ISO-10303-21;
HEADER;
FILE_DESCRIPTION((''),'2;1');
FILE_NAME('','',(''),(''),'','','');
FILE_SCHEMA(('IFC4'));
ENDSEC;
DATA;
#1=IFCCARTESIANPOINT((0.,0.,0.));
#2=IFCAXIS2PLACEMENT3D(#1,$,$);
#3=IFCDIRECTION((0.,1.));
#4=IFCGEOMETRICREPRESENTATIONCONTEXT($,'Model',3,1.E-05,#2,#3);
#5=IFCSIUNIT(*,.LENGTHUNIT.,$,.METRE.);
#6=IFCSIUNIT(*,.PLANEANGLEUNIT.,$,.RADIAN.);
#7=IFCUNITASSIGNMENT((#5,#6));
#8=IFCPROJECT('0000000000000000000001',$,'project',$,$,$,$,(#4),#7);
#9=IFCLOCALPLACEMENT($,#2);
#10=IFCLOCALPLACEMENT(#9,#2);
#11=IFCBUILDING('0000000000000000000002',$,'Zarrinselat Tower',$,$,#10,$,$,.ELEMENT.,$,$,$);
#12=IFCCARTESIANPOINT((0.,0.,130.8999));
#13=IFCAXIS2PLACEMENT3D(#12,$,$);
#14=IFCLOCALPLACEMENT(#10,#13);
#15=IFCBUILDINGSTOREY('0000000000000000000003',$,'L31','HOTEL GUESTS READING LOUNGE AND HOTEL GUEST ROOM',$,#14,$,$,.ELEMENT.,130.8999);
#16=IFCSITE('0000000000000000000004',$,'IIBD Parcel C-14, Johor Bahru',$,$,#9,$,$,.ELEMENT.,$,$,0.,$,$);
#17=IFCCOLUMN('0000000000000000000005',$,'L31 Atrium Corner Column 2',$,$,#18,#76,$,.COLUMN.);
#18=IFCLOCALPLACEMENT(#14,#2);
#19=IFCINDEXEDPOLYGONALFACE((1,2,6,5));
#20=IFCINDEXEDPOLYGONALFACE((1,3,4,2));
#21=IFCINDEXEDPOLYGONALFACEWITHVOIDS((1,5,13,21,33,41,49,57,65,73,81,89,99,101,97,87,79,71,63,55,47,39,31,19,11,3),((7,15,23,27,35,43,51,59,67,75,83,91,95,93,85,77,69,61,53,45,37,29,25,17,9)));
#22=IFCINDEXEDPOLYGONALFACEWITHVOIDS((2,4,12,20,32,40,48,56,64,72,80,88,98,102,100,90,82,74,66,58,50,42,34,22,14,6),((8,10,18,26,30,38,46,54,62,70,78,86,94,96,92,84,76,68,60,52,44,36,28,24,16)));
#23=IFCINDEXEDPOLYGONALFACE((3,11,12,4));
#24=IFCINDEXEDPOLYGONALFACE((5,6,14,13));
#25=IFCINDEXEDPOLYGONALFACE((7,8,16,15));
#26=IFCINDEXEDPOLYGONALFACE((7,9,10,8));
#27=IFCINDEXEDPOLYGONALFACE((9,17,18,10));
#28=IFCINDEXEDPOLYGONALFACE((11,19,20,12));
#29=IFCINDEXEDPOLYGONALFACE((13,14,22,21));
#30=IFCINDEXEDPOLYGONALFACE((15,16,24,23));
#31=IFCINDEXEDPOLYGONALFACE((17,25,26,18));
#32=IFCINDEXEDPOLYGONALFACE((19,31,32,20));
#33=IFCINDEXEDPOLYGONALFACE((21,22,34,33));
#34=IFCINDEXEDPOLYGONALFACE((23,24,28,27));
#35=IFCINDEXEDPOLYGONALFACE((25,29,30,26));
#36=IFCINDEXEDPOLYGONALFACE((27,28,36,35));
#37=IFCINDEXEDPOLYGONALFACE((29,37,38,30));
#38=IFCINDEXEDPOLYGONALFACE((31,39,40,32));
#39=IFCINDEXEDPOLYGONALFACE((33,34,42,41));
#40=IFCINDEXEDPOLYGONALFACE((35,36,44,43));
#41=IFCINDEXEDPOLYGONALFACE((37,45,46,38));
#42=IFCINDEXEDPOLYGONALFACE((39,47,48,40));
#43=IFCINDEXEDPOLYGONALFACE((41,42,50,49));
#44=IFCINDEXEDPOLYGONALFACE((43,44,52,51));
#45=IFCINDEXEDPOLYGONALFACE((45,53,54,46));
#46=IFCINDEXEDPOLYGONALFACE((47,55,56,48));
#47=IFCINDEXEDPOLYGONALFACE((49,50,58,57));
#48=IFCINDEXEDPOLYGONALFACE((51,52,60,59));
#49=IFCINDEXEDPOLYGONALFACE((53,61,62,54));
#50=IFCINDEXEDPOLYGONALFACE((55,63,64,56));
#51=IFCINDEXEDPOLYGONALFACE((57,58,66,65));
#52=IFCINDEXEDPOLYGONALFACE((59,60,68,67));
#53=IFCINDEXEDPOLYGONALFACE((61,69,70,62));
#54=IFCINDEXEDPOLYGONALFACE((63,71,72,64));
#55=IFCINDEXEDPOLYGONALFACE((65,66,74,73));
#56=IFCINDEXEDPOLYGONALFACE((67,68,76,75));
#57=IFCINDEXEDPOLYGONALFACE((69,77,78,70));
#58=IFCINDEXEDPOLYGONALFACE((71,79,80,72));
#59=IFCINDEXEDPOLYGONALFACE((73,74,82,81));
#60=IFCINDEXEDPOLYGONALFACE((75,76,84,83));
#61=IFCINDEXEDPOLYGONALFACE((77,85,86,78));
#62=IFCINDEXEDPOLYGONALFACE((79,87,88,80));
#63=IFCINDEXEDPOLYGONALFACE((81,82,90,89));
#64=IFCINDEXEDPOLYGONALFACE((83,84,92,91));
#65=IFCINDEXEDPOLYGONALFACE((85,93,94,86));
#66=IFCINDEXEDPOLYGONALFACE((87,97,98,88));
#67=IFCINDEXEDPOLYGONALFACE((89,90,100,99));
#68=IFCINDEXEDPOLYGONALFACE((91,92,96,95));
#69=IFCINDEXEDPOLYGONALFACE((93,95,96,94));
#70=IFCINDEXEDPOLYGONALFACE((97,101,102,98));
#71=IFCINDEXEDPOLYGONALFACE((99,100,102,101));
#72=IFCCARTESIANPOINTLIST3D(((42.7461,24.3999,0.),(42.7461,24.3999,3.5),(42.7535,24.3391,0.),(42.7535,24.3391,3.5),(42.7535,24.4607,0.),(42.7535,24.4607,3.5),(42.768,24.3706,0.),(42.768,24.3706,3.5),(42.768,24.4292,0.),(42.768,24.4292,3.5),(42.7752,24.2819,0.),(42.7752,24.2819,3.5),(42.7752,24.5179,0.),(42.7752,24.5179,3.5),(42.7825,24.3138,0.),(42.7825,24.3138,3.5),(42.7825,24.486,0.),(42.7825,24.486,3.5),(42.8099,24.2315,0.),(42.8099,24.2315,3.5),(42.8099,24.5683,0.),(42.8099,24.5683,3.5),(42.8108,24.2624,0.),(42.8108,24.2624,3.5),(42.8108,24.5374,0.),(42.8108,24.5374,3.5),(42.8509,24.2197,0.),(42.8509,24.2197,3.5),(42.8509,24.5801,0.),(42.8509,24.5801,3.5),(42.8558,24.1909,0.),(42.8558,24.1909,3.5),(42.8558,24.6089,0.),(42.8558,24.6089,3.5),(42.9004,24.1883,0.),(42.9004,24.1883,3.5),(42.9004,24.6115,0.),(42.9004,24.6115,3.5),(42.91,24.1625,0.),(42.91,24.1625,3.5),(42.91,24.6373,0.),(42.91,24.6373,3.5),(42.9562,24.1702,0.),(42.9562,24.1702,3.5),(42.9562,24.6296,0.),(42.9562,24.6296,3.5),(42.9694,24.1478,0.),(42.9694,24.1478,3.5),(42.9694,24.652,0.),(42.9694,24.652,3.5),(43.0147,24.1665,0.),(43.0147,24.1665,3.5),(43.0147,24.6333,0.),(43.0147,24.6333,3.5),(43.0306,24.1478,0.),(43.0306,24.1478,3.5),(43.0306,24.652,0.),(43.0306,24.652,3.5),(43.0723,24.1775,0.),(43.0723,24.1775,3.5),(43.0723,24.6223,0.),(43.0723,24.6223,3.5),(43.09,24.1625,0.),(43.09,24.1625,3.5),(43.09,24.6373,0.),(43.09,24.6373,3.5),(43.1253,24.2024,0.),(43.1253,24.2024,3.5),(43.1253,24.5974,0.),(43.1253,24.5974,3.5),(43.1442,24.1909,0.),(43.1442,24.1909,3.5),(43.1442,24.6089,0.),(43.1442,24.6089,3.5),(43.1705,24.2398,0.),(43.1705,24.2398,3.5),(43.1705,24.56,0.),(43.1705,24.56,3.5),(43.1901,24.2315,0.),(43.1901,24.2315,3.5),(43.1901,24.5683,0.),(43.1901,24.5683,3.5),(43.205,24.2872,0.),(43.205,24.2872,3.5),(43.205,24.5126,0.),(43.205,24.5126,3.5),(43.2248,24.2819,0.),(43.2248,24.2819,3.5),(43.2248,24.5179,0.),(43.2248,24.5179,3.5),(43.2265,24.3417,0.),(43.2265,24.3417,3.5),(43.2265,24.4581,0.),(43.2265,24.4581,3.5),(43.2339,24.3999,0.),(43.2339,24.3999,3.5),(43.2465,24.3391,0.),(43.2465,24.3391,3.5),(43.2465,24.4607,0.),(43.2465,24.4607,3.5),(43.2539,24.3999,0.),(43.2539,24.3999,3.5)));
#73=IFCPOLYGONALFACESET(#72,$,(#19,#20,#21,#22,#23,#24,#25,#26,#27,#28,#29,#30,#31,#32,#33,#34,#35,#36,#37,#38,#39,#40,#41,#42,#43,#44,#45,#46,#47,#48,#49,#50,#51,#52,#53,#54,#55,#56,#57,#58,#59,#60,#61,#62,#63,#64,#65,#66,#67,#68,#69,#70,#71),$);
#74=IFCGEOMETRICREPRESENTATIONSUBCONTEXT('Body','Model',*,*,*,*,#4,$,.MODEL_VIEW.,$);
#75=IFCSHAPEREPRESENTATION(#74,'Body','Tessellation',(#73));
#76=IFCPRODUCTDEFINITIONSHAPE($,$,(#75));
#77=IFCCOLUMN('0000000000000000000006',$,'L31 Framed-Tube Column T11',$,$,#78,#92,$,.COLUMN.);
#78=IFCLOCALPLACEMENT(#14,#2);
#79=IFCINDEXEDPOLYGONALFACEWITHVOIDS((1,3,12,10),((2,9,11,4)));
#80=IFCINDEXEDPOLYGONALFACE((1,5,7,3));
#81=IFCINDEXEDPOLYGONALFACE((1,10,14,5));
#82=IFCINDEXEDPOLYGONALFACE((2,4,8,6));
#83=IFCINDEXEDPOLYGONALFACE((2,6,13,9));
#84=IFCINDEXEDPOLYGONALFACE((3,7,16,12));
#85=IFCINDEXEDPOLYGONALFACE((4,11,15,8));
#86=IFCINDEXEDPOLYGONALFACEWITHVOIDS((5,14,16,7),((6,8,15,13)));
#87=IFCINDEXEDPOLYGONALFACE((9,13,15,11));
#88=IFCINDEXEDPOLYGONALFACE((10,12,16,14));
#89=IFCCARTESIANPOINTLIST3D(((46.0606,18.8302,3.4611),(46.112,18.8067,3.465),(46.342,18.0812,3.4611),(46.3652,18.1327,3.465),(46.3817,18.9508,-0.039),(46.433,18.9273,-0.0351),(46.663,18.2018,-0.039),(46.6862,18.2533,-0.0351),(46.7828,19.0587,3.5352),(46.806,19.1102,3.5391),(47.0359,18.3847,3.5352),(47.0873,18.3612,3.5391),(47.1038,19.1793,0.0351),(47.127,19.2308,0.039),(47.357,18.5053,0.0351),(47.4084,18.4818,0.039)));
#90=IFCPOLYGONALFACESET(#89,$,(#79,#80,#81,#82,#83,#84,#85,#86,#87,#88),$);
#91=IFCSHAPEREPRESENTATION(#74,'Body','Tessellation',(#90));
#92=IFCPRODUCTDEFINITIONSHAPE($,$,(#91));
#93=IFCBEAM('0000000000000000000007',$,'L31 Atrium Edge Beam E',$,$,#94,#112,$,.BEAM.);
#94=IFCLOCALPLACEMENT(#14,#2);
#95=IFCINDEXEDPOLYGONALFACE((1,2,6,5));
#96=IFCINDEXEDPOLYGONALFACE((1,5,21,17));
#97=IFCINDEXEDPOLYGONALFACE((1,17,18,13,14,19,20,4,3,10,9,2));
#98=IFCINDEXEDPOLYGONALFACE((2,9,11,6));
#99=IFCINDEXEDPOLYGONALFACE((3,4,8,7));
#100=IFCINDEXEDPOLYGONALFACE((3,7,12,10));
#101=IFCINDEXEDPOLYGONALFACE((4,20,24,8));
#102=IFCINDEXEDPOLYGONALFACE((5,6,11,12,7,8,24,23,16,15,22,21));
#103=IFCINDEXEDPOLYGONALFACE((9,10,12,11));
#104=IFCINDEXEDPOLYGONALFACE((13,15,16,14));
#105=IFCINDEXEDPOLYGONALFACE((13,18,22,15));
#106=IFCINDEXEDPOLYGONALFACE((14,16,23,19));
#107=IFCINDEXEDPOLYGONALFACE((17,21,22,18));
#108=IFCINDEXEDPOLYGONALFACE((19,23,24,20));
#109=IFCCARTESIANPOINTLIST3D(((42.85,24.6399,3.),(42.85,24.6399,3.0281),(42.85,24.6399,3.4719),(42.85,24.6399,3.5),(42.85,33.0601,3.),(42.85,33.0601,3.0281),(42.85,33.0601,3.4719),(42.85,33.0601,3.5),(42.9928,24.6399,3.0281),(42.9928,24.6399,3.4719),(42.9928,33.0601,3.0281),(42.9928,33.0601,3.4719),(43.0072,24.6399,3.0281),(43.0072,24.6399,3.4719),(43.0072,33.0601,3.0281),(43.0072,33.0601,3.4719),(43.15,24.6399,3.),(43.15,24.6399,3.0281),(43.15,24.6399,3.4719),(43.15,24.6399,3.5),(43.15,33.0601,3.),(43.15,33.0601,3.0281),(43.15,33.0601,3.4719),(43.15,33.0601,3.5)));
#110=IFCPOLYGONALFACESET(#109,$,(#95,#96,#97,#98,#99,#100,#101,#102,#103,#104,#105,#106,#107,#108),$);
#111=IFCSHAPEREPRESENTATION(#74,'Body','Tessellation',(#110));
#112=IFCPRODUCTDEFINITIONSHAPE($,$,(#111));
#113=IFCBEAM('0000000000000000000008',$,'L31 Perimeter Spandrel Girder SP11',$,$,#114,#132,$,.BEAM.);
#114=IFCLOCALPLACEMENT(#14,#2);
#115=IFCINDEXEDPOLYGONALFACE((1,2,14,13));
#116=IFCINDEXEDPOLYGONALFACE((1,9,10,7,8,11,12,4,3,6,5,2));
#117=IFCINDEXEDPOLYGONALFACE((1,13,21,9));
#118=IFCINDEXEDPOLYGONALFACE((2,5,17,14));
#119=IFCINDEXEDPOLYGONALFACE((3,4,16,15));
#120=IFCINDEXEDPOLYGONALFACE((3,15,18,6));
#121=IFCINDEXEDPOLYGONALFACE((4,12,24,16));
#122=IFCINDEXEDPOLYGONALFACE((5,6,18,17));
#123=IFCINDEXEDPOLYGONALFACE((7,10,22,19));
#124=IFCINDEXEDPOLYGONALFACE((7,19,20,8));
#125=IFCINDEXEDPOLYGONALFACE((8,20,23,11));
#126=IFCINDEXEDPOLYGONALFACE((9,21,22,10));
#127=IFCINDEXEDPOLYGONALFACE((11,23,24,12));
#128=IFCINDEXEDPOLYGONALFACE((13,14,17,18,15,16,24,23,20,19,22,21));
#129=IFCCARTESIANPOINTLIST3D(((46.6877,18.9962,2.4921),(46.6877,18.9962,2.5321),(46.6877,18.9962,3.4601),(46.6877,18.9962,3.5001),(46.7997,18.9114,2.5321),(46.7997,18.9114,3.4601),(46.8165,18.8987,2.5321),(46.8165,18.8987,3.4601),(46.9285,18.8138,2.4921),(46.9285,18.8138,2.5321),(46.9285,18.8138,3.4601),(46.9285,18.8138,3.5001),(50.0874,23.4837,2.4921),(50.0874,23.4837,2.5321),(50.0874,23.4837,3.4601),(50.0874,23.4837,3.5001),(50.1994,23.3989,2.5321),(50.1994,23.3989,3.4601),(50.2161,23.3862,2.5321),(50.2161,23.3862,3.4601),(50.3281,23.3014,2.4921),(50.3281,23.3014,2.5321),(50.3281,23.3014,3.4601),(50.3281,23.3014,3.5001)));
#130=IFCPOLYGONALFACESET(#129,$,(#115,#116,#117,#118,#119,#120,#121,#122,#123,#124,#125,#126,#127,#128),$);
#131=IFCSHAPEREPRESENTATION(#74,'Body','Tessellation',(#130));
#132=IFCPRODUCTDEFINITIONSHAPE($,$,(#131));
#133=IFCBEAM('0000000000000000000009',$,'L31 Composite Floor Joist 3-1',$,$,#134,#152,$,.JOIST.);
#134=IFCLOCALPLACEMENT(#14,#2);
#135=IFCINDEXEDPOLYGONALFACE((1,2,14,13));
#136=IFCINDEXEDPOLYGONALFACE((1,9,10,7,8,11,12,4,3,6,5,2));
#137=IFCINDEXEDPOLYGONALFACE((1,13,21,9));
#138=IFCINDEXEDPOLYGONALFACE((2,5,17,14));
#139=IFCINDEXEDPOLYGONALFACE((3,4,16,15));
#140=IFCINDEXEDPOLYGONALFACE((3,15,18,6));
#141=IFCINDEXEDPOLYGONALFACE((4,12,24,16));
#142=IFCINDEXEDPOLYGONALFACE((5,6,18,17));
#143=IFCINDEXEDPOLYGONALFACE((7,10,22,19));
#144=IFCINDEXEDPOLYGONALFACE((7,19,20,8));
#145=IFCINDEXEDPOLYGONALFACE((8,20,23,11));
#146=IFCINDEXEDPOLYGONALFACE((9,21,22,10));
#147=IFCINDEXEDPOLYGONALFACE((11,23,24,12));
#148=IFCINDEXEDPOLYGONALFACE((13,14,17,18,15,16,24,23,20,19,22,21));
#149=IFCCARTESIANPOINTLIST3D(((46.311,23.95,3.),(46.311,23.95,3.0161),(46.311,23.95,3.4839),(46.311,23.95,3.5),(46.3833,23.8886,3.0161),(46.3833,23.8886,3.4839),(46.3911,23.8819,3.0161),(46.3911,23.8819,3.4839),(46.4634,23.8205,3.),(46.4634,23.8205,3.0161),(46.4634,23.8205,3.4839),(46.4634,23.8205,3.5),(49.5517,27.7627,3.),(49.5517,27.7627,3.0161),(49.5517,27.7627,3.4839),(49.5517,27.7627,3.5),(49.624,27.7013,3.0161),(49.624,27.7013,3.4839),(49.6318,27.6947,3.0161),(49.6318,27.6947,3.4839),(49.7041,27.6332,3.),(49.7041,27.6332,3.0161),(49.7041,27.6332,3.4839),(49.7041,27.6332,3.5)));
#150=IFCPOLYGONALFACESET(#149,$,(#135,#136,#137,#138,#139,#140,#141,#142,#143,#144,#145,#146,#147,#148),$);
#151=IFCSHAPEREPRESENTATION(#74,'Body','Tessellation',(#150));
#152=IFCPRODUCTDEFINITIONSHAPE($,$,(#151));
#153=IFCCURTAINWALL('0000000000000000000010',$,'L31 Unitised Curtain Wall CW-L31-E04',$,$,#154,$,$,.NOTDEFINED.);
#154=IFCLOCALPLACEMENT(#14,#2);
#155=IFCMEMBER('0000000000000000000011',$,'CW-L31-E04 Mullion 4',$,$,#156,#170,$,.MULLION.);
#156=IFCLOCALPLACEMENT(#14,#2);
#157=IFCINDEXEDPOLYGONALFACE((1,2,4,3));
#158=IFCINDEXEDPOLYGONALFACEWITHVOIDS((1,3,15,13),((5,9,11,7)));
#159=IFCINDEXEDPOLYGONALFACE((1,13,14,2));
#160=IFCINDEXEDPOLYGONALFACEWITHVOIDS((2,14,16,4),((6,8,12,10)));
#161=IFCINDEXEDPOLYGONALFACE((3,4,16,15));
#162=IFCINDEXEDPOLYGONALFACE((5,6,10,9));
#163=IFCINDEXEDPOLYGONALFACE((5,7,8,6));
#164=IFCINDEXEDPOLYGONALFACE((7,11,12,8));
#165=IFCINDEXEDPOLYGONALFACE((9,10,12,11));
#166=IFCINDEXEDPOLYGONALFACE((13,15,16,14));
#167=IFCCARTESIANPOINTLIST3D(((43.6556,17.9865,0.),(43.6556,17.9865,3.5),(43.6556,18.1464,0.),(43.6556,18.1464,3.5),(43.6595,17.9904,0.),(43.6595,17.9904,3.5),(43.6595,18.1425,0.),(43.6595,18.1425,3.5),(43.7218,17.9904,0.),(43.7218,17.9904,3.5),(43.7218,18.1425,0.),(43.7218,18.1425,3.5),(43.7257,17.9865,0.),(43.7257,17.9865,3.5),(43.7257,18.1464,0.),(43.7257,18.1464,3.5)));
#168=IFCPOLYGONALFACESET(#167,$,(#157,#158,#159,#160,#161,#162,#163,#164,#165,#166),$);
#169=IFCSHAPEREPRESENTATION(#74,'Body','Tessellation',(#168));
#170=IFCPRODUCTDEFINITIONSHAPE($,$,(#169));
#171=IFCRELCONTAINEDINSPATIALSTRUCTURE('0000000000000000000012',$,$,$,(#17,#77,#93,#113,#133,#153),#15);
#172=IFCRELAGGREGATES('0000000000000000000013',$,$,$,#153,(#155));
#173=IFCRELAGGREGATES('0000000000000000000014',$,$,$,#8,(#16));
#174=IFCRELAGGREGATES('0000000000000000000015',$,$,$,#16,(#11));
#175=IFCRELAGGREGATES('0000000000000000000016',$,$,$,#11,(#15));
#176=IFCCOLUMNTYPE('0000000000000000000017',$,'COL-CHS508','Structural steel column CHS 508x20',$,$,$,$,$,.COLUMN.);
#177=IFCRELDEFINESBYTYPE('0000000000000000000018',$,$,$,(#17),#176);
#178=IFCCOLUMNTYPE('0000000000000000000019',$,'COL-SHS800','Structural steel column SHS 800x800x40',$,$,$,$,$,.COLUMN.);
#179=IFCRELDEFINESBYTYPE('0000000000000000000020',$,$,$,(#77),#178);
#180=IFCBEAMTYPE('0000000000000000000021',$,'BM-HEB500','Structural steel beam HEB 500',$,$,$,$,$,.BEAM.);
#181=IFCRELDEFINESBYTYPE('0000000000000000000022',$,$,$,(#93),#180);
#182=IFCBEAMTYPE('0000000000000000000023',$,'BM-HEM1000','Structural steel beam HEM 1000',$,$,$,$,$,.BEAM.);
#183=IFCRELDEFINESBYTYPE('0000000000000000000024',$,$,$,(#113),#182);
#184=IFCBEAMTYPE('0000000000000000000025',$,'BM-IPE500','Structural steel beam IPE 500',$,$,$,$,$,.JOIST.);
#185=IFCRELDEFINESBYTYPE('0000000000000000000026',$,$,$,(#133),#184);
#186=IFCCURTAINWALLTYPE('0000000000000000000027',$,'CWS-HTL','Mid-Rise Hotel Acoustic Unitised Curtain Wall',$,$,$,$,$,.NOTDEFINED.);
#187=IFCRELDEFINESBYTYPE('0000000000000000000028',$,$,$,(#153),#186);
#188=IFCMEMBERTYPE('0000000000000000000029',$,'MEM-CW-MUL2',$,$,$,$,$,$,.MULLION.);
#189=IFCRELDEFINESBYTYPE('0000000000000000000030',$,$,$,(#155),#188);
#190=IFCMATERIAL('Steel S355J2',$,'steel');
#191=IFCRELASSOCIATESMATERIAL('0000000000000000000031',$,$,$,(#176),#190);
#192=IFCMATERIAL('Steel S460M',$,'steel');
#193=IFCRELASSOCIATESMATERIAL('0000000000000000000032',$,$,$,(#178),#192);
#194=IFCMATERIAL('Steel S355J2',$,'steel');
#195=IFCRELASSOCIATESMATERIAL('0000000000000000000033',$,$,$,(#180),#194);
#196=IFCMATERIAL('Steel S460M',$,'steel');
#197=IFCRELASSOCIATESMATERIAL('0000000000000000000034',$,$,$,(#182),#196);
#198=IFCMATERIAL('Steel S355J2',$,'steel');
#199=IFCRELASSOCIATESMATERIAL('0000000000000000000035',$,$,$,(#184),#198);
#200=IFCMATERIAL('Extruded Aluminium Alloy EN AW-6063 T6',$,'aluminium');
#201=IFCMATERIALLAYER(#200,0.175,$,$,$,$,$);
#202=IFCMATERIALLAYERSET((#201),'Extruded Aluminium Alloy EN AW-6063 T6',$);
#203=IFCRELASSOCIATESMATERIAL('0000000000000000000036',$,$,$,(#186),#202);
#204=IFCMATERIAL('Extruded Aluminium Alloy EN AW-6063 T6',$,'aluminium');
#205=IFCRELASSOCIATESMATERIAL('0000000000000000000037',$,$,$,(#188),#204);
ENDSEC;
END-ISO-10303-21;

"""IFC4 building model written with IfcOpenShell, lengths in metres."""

from ifc_helpers import new_model, si_unit, direction, frame, origin, origin_2d, place, context, subcontext, project, spatial, hollow_rectangle, hollow_circle, i_section, extrude, material, layer, layer_set, material_profile, profile_set, type_object, element, aggregate, save


model = new_model("IFC4")

# Units and contexts
model_context = context("Model", 3, precision=1e-05, world=origin(), true_north=direction((0.0, 1.0)))
body_context = subcontext(model_context, "Body", "Model", "MODEL_VIEW")
ifc_project = project(units=[si_unit("LENGTHUNIT", "METRE"), si_unit("PLANEANGLEUNIT", "RADIAN")], contexts=[model_context])

# Site, building, storey
site_placement = place(None, origin())
site = spatial("IfcSite", under=ifc_project, at=site_placement, Name="IIBD Parcel C-14, Johor Bahru", CompositionType="ELEMENT", RefElevation=0.0)
building_placement = place(site_placement, origin())
building = spatial("IfcBuilding", under=site, at=building_placement, Name="Zarrinselat Tower", CompositionType="ELEMENT")
storey_placement = place(building_placement, frame((0.0, 0.0, 130.8999)))
storey = spatial("IfcBuildingStorey", under=building, at=storey_placement, Name="L31", Description="HOTEL GUESTS READING LOUNGE AND HOTEL GUEST ROOM", CompositionType="ELEMENT", Elevation=130.8999)

# Columns
ifc_material_1 = material(Name="Steel S355J2", Category="steel")
ifc_material_profile_1 = material_profile(ifc_material_1, hollow_circle(Radius=0.2539, WallThickness=0.02, at=origin_2d()), Name="CHS 508x20")
ifc_profile_set_1 = profile_set([ifc_material_profile_1], Name="Steel S355J2")
column_type_1 = type_object("IfcColumnType", Name="COL-CHS508", Description="Structural steel column CHS 508x20", PredefinedType="COLUMN", material=ifc_profile_set_1)
column_1_placement = place(storey_placement, frame((43.0, 24.3999, 0.0), z_axis=(0.0, 0.0, 1.0), x_axis=(1.0, 0.0, 0.0)))
element("IfcColumn", 1, at=column_1_placement, inside=storey, type_object=column_type_1, Name="L31 Atrium Corner Column 2", PredefinedType="COLUMN", context=body_context, shape_type="SweptSolid", body=[
    extrude(hollow_circle(Radius=0.2539, WallThickness=0.02, at=origin_2d()), origin(), (0.0, 0.0, 1.0), 3.5),
])
ifc_material_2 = material(Name="Steel S460M", Category="steel")
ifc_material_profile_2 = material_profile(ifc_material_2, hollow_rectangle(XDim=0.8, YDim=0.8, WallThickness=0.04, at=origin_2d()), Name="SHS 800x800x40")
ifc_profile_set_2 = profile_set([ifc_material_profile_2], Name="Steel S460M")
column_type_2 = type_object("IfcColumnType", Name="COL-SHS800", Description="Structural steel column SHS 800x800x40", PredefinedType="COLUMN", material=ifc_profile_set_2)
column_2_placement = place(storey_placement, frame((46.895, 18.7163, 0.0), z_axis=(-0.09129, -0.034294, 0.995234), x_axis=(0.351669, -0.936124, 0.0)))
element("IfcColumn", 2, at=column_2_placement, inside=storey, type_object=column_type_2, Name="L31 Framed-Tube Column T11", PredefinedType="COLUMN", context=body_context, shape_type="SweptSolid", body=[
    extrude(hollow_rectangle(XDim=0.8, YDim=0.8, WallThickness=0.04, at=origin_2d()), origin(), (0.0, 0.0, 1.0), 3.5168),
])

# Beams
ifc_material_3 = material(Name="Steel S355J2", Category="steel")
ifc_material_profile_3 = material_profile(ifc_material_3, i_section(OverallWidth=0.3, OverallDepth=0.5, WebThickness=0.0144, FlangeThickness=0.0281, at=origin_2d()), Name="HEB 500")
ifc_profile_set_3 = profile_set([ifc_material_profile_3], Name="Steel S355J2")
beam_type_1 = type_object("IfcBeamType", Name="BM-HEB500", Description="Structural steel beam HEB 500", PredefinedType="BEAM", material=ifc_profile_set_3)
beam_1_placement = place(storey_placement, frame((43.0, 24.6399, 3.25), z_axis=(0.0, 1.0, 0.0), x_axis=(-1.0, 0.0, 0.0)))
element("IfcBeam", 3, at=beam_1_placement, inside=storey, type_object=beam_type_1, Name="L31 Atrium Edge Beam E", PredefinedType="BEAM", context=body_context, shape_type="SweptSolid", body=[
    extrude(i_section(OverallWidth=0.3, OverallDepth=0.5, WebThickness=0.0144, FlangeThickness=0.0281, at=origin_2d()), origin(), (0.0, 0.0, 1.0), 8.4202),
])
ifc_material_4 = material(Name="Steel S460M", Category="steel")
ifc_material_profile_4 = material_profile(ifc_material_4, i_section(OverallWidth=0.302, OverallDepth=1.0081, WebThickness=0.021, FlangeThickness=0.04, at=origin_2d()), Name="HEM 1000")
ifc_profile_set_4 = profile_set([ifc_material_profile_4], Name="Steel S460M")
beam_type_2 = type_object("IfcBeamType", Name="BM-HEM1000", Description="Structural steel beam HEM 1000", PredefinedType="BEAM", material=ifc_profile_set_4)
beam_2_placement = place(storey_placement, frame((46.8081, 18.905, 2.9961), z_axis=(0.603858, 0.797092, 0.0), x_axis=(-0.797092, 0.603858, 0.0)))
element("IfcBeam", 4, at=beam_2_placement, inside=storey, type_object=beam_type_2, Name="L31 Perimeter Spandrel Girder SP11", PredefinedType="BEAM", context=body_context, shape_type="SweptSolid", body=[
    extrude(i_section(OverallWidth=0.302, OverallDepth=1.0081, WebThickness=0.021, FlangeThickness=0.04, at=origin_2d()), origin(), (0.0, 0.0, 1.0), 5.6299),
])
ifc_material_5 = material(Name="Steel S355J2", Category="steel")
ifc_material_profile_5 = material_profile(ifc_material_5, i_section(OverallWidth=0.2, OverallDepth=0.5, WebThickness=0.0103, FlangeThickness=0.0161, at=origin_2d()), Name="IPE 500")
ifc_profile_set_5 = profile_set([ifc_material_profile_5], Name="Steel S355J2")
beam_type_3 = type_object("IfcBeamType", Name="BM-IPE500", Description="Structural steel beam IPE 500", PredefinedType="JOIST", material=ifc_profile_set_5)
beam_3_placement = place(storey_placement, frame((46.3872, 23.8853, 3.25), z_axis=(0.647636, 0.76195, 0.0), x_axis=(-0.76195, 0.647636, 0.0)))
element("IfcBeam", 5, at=beam_3_placement, inside=storey, type_object=beam_type_3, Name="L31 Composite Floor Joist 3-1", PredefinedType="JOIST", context=body_context, shape_type="SweptSolid", body=[
    extrude(i_section(OverallWidth=0.2, OverallDepth=0.5, WebThickness=0.0103, FlangeThickness=0.0161, at=origin_2d()), origin(), (0.0, 0.0, 1.0), 5.0039),
])

# Curtain wall, member
ifc_material_6 = material(Name="Extruded Aluminium Alloy EN AW-6063 T6", Category="aluminium")
ifc_layer_1 = layer(ifc_material_6, 0.175)
ifc_layer_set_1 = layer_set([ifc_layer_1], Name="Extruded Aluminium Alloy EN AW-6063 T6")
curtain_wall_type = type_object("IfcCurtainWallType", Name="CWS-HTL", Description="Mid-Rise Hotel Acoustic Unitised Curtain Wall", PredefinedType="NOTDEFINED", material=ifc_layer_set_1)
curtain_wall_1_placement = place(storey_placement, origin())
curtain_wall_1 = element("IfcCurtainWall", 6, at=curtain_wall_1_placement, inside=storey, type_object=curtain_wall_type, Name="L31 Unitised Curtain Wall CW-L31-E04", PredefinedType="NOTDEFINED")
ifc_material_7 = material(Name="Extruded Aluminium Alloy EN AW-6063 T6", Category="aluminium")
ifc_material_profile_6 = material_profile(ifc_material_7, hollow_rectangle(XDim=0.0701, YDim=0.1599, WallThickness=0.0039, at=origin_2d()), Name="RHS 160x70x4")
ifc_profile_set_6 = profile_set([ifc_material_profile_6], Name="Extruded Aluminium Alloy EN AW-6063 T6")
member_type_1 = type_object("IfcMemberType", Name="MEM-CW-MUL2", PredefinedType="MULLION", material=ifc_profile_set_6)
member_1_placement = place(storey_placement, frame((43.6907, 18.0664, 0.0), z_axis=(0.0, 0.0, 1.0), x_axis=(1.0, 0.0, 0.0)))
member_1 = element("IfcMember", 7, at=member_1_placement, type_object=member_type_1, Name="CW-L31-E04 Mullion 4", PredefinedType="MULLION", context=body_context, shape_type="SweptSolid", body=[
    extrude(hollow_rectangle(XDim=0.0701, YDim=0.1599, WallThickness=0.0039, at=origin_2d()), origin(), (0.0, 0.0, 1.0), 3.5),
])

aggregate(curtain_wall_1, [member_1])

save(model, "model.ifc")
